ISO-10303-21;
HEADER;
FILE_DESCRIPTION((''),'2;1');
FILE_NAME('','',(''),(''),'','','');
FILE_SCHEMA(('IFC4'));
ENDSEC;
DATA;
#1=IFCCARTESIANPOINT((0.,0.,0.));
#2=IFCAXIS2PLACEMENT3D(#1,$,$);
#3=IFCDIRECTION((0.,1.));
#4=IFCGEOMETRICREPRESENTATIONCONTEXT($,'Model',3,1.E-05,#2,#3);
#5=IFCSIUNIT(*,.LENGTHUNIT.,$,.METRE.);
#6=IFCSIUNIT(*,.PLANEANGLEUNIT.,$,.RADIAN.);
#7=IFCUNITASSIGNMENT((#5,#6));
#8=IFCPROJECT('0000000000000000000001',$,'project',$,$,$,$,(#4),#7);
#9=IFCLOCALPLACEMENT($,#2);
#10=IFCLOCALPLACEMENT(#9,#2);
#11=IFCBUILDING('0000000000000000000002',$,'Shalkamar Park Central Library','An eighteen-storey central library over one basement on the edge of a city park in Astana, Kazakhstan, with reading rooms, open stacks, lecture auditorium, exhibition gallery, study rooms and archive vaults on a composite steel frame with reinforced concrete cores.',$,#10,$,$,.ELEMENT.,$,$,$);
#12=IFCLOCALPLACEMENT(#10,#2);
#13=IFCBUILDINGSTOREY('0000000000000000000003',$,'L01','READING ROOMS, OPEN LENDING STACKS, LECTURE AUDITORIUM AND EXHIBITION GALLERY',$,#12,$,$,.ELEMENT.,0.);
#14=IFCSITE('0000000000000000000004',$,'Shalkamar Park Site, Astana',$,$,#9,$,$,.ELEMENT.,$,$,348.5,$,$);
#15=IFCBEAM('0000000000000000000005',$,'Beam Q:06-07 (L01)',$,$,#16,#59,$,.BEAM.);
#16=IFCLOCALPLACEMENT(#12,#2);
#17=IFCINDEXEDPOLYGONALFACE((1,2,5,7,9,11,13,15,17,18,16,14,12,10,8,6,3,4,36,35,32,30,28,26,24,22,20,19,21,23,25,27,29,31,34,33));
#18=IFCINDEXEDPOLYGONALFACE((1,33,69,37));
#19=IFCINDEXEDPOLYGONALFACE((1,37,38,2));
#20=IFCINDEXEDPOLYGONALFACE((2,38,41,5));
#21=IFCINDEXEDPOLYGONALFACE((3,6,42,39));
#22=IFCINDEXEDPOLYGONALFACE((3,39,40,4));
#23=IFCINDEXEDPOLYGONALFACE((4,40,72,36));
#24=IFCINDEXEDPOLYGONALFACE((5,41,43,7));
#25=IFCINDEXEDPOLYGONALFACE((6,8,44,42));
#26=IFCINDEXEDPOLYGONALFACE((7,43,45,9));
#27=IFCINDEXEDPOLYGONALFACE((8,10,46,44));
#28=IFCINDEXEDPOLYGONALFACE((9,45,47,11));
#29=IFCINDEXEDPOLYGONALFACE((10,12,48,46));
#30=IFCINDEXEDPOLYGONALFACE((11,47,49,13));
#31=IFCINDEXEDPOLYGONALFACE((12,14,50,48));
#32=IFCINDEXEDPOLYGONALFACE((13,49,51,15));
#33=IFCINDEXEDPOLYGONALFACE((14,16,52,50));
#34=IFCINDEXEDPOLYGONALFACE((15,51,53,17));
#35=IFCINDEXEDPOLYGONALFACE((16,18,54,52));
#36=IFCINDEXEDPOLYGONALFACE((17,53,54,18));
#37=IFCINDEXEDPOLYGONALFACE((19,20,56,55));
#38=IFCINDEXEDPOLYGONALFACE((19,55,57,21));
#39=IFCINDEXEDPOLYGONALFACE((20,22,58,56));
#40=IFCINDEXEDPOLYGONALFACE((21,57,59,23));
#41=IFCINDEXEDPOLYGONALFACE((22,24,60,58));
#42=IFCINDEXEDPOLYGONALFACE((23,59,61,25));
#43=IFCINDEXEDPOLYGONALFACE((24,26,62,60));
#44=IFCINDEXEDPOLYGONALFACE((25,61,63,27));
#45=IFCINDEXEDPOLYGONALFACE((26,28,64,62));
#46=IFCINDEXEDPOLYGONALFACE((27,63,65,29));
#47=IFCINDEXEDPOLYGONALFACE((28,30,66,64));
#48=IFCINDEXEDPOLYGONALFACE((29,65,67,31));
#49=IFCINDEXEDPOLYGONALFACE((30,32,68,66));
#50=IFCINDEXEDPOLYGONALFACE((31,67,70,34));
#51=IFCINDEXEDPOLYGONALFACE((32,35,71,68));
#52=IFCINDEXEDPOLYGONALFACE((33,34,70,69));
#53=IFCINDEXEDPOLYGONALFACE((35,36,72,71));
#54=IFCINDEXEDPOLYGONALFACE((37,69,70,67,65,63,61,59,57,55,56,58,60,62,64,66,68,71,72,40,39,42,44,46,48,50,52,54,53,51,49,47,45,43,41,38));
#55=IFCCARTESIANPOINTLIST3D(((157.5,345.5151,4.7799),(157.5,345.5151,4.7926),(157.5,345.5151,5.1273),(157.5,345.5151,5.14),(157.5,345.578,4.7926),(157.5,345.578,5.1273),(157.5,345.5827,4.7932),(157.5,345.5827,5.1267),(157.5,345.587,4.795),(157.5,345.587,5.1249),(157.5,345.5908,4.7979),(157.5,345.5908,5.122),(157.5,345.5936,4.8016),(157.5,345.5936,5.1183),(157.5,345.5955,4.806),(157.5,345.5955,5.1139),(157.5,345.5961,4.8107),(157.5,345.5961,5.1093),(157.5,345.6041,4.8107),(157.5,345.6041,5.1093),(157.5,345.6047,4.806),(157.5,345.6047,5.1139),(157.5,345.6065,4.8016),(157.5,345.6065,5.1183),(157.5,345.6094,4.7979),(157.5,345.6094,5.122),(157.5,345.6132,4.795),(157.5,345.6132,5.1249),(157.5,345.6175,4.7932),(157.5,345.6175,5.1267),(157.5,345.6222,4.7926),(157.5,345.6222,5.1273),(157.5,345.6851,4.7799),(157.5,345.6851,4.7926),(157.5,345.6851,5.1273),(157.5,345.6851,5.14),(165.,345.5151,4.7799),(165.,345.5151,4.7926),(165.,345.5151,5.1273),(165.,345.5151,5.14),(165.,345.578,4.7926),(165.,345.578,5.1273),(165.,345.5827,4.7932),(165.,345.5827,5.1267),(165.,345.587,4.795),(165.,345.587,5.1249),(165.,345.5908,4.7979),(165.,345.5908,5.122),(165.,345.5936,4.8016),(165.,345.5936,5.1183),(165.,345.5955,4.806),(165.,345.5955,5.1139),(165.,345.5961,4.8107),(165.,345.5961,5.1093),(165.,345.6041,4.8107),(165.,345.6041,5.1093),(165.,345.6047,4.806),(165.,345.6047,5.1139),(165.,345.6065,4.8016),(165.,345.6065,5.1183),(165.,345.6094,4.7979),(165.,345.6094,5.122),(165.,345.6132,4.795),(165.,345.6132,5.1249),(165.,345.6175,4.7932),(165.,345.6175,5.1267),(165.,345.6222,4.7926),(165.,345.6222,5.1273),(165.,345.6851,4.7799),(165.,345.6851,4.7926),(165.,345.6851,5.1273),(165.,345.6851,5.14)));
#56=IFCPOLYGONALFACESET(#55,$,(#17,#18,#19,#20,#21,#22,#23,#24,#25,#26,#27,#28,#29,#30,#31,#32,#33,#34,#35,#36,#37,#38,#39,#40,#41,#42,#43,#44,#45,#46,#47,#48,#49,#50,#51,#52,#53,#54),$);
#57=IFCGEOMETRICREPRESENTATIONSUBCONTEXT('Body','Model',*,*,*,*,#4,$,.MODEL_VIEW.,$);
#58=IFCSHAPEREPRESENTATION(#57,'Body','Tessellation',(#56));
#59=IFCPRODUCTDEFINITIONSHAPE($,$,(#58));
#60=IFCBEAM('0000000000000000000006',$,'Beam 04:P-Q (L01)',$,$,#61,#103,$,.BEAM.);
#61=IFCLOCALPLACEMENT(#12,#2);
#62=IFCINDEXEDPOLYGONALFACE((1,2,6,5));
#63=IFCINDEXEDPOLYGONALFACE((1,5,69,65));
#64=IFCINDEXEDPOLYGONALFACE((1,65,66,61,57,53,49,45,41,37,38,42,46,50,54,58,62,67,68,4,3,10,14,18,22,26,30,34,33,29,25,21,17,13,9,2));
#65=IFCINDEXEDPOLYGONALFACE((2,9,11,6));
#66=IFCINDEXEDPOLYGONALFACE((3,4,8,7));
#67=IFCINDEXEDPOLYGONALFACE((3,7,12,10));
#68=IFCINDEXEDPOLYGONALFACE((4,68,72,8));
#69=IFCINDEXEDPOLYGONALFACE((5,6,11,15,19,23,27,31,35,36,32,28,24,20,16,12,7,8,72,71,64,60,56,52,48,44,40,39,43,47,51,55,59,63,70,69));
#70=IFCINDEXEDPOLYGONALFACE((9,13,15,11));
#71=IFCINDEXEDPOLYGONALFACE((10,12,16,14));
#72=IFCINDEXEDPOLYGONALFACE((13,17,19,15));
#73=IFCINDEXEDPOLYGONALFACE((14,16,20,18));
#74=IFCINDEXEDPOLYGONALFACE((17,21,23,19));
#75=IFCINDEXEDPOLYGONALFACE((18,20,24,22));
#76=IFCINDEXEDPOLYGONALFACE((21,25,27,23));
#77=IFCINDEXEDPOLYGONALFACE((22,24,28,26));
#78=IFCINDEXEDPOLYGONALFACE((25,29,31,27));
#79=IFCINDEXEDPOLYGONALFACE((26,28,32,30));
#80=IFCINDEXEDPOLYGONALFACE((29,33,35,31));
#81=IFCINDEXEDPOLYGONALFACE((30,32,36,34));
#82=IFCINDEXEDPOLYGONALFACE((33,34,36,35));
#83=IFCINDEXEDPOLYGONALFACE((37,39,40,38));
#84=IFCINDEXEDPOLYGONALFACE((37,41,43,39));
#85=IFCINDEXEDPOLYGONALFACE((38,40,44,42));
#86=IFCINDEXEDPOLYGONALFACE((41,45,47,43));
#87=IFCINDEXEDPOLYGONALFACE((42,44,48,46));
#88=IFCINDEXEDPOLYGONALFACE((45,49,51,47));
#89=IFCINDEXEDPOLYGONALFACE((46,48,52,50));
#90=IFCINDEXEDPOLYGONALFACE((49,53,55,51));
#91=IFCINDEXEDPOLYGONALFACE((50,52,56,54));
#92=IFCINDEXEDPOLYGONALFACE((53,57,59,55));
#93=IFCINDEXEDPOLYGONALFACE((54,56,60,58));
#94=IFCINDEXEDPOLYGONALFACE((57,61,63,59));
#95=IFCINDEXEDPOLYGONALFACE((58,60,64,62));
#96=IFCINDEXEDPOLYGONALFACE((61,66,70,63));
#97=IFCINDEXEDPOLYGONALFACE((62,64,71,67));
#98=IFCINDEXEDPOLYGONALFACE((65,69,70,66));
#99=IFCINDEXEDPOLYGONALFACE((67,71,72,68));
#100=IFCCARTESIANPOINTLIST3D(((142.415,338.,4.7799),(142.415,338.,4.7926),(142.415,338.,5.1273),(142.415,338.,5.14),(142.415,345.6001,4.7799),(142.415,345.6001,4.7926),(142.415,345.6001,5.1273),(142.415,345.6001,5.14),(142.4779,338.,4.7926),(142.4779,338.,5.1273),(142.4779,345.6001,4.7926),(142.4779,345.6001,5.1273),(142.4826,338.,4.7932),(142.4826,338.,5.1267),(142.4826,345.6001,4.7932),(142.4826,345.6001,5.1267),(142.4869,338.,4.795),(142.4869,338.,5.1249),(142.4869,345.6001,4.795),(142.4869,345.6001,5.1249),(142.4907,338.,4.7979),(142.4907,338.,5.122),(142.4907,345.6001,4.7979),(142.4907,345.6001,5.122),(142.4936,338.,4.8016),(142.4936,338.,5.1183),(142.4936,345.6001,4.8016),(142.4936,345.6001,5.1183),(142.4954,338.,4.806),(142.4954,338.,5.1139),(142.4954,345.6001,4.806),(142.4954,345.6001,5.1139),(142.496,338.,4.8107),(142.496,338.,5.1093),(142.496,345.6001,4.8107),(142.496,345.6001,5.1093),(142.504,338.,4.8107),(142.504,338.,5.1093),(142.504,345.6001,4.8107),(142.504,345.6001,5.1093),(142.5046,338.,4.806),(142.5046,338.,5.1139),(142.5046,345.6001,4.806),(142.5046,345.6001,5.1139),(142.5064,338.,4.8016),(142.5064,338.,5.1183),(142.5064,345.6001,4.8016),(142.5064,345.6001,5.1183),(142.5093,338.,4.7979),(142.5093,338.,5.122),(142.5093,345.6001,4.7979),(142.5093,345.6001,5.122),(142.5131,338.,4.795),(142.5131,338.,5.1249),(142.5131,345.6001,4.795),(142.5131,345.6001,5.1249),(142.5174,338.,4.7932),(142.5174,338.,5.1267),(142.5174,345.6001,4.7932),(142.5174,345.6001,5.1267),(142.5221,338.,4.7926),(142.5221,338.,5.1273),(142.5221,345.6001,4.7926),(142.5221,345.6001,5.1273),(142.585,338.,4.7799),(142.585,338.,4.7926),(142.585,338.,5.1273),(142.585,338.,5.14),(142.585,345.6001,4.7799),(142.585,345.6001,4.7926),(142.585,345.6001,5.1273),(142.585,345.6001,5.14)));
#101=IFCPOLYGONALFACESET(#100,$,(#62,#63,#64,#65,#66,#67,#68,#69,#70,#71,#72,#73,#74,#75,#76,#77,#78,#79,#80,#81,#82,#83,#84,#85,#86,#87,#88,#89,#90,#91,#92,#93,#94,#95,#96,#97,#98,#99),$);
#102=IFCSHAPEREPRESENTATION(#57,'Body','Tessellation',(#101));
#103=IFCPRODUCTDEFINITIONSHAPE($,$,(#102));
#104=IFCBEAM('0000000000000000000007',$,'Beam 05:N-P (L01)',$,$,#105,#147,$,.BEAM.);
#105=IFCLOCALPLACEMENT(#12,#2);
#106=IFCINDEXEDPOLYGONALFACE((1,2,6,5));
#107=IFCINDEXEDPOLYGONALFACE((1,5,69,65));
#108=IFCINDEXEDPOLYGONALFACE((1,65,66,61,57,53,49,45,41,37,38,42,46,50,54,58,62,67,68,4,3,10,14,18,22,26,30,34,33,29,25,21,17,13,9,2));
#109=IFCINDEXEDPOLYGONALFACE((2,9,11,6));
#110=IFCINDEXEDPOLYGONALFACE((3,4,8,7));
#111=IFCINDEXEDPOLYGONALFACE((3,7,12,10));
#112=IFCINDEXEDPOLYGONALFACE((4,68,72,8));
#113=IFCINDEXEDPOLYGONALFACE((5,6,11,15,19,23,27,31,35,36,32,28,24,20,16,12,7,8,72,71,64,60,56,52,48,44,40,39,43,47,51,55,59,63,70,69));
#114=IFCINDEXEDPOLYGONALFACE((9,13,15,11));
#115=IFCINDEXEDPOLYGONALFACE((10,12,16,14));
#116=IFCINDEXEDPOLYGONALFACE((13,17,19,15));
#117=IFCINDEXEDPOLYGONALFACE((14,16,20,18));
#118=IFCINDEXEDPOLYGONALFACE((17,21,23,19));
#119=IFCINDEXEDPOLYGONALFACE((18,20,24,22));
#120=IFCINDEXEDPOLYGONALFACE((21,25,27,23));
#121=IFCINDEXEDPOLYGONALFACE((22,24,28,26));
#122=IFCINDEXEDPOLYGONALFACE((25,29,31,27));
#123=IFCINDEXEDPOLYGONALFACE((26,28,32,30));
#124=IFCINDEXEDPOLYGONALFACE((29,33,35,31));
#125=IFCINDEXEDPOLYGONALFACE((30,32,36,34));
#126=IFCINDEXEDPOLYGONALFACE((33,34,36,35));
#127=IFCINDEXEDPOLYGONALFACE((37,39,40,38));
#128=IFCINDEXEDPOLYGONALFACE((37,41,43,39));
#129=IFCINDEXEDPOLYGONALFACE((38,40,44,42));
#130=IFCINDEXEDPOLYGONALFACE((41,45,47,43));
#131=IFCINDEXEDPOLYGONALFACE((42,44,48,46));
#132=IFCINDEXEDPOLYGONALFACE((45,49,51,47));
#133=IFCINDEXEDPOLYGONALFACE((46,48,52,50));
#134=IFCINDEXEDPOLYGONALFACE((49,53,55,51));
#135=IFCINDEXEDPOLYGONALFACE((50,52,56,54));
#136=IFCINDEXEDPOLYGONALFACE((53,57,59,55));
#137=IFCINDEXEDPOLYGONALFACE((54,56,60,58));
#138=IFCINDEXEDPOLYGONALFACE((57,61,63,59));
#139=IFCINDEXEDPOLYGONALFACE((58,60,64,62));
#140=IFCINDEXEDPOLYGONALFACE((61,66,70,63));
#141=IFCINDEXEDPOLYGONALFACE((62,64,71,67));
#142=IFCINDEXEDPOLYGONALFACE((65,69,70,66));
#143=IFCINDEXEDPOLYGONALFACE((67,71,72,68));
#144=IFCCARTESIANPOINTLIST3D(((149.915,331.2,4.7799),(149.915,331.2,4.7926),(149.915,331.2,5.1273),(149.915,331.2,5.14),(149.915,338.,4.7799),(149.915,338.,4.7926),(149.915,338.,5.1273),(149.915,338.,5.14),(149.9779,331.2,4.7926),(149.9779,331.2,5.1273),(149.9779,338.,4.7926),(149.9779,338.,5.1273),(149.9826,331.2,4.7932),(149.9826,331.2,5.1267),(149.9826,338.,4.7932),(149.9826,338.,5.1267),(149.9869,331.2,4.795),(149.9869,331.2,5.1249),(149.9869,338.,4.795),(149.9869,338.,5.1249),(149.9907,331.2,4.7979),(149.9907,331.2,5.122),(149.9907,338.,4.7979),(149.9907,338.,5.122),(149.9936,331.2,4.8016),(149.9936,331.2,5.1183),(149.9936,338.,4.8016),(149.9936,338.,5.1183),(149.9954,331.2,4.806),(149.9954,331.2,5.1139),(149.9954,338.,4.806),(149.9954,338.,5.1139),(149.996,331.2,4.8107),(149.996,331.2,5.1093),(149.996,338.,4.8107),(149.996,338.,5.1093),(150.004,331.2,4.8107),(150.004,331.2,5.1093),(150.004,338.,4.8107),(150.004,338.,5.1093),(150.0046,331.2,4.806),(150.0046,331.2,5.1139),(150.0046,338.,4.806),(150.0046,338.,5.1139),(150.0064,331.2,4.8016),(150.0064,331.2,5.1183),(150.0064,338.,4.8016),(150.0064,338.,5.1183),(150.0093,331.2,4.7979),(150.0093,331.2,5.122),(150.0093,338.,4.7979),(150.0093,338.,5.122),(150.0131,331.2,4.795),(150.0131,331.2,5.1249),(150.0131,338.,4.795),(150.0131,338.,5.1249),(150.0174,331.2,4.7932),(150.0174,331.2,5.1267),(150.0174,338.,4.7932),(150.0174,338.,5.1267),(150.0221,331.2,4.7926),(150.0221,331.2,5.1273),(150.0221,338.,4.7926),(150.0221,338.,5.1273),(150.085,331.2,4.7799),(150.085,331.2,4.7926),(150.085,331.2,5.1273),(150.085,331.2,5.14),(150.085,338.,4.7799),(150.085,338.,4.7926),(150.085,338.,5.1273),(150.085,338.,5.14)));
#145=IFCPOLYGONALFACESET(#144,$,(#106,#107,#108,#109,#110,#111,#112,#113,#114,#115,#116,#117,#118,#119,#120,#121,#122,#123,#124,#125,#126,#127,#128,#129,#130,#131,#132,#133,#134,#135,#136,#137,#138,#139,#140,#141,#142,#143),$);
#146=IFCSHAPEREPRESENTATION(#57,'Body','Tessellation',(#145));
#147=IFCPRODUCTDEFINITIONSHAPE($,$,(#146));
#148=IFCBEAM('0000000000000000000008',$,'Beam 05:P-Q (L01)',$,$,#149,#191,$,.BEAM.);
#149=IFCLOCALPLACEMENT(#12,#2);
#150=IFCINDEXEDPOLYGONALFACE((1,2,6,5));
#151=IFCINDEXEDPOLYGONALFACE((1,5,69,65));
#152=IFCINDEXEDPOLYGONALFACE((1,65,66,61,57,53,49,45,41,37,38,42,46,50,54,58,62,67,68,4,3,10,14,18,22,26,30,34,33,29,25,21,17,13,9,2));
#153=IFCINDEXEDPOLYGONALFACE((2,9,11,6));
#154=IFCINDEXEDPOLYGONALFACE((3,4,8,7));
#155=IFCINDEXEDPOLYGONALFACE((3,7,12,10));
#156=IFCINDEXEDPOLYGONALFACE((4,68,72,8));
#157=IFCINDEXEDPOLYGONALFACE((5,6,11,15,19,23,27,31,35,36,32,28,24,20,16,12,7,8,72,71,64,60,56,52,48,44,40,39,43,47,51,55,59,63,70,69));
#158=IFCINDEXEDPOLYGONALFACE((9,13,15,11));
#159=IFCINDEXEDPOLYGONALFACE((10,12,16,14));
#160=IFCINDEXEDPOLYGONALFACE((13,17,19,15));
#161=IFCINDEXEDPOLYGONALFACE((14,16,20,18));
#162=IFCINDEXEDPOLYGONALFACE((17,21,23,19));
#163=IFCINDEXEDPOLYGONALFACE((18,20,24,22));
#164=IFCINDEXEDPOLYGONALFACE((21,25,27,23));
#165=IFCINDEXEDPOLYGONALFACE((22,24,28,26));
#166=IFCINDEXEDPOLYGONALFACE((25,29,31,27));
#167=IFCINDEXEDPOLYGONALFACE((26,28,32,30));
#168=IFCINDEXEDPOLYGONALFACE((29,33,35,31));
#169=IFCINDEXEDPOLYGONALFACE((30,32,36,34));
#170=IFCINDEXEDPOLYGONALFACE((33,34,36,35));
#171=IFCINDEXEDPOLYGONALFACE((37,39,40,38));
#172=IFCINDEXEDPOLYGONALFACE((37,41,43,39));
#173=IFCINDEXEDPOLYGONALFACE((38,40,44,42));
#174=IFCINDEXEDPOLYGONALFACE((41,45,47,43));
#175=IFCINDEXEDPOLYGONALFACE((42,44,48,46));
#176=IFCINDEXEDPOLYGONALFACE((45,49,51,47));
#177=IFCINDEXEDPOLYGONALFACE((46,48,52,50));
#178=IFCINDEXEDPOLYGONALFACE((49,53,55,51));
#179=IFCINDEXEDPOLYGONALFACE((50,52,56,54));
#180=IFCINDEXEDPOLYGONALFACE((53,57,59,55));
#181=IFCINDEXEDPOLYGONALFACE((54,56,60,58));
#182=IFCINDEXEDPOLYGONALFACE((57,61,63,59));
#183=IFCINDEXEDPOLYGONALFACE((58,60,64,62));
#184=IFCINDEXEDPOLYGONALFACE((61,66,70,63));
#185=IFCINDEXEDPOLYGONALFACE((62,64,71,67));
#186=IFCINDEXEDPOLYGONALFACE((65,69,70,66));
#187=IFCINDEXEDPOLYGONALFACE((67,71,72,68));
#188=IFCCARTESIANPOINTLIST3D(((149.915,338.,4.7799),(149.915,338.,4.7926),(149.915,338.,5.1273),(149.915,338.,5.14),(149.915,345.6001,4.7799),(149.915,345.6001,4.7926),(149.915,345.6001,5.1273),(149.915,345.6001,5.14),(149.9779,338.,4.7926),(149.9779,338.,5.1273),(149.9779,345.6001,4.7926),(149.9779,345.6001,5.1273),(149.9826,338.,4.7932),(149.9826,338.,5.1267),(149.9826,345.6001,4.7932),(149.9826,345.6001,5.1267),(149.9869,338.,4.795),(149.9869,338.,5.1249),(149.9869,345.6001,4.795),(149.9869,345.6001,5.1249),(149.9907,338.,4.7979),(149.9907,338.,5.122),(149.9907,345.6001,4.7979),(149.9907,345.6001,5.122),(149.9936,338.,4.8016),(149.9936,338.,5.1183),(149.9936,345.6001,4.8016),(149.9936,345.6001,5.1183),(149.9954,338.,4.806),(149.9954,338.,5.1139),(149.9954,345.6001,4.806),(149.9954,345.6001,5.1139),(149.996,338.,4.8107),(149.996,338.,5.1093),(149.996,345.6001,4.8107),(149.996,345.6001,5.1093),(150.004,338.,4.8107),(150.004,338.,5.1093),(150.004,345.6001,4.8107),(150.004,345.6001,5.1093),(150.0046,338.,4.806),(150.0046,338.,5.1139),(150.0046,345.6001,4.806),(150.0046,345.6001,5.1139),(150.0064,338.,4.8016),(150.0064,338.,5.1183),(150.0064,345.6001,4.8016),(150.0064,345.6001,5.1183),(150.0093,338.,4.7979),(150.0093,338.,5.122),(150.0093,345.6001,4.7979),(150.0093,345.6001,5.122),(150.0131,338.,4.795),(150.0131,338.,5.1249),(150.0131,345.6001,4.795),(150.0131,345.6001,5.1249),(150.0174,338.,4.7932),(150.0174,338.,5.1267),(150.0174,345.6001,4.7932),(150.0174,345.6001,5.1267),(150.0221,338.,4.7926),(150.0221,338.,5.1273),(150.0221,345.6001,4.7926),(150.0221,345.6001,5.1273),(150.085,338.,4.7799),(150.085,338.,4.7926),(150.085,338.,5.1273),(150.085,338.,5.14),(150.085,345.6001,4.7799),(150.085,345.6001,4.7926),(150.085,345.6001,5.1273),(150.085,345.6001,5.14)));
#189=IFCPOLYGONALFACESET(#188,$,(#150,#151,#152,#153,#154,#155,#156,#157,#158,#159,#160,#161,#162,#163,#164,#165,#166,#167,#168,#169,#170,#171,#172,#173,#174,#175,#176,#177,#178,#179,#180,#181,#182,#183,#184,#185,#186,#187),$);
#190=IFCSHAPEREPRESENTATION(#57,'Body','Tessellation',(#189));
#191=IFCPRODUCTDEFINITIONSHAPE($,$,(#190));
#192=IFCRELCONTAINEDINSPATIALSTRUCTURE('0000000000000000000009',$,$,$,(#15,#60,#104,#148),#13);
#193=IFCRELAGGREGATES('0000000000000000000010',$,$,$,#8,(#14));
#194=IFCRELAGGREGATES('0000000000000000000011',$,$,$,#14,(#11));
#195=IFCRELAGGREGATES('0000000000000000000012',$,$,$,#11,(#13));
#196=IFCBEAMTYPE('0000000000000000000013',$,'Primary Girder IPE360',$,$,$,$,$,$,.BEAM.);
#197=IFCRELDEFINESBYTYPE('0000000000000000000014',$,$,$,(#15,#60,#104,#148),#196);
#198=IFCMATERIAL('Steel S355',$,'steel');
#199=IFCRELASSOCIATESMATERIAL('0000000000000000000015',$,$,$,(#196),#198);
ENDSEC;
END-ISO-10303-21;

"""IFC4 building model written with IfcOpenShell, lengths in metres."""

from ifc_helpers import new_model, si_unit, direction, frame, origin, origin_2d, place, context, subcontext, project, spatial, i_section, extrude, material, material_profile, profile_set, type_object, element, save


model = new_model("IFC4")

# Units and contexts
model_context = context("Model", 3, precision=1e-05, world=origin(), true_north=direction((0.0, 1.0)))
body_context = subcontext(model_context, "Body", "Model", "MODEL_VIEW")
ifc_project = project(units=[si_unit("LENGTHUNIT", "METRE"), si_unit("PLANEANGLEUNIT", "RADIAN")], contexts=[model_context])

# Site, building, storey
site_placement = place(None, origin())
site = spatial("IfcSite", under=ifc_project, at=site_placement, Name="Shalkamar Park Site, Astana", CompositionType="ELEMENT", RefElevation=348.5)
building_placement = place(site_placement, origin())
building = spatial("IfcBuilding", under=site, at=building_placement, Name="Shalkamar Park Central Library", Description="An eighteen-storey central library over one basement on the edge of a city park in Astana, Kazakhstan, with reading rooms, open stacks, lecture auditorium, exhibition gallery, study rooms and archive vaults on a composite steel frame with reinforced concrete cores.", CompositionType="ELEMENT")
storey_placement = place(building_placement, origin())
storey = spatial("IfcBuildingStorey", under=building, at=storey_placement, Name="L01", Description="READING ROOMS, OPEN LENDING STACKS, LECTURE AUDITORIUM AND EXHIBITION GALLERY", CompositionType="ELEMENT", Elevation=0.0)

# Shared definitions
ifc_material_1 = material(Name="Steel S355", Category="steel")

# Beams
ifc_material_profile_1 = material_profile(ifc_material_1, i_section(OverallWidth=0.1699, OverallDepth=0.3601, WebThickness=0.0081, FlangeThickness=0.0127, FilletRadius=0.0181, at=origin_2d()), Name="IPE 360")
ifc_profile_set_1 = profile_set([ifc_material_profile_1], Name="Steel S355")
beam_type_1 = type_object("IfcBeamType", Name="Primary Girder IPE360", PredefinedType="BEAM", material=ifc_profile_set_1)
for number, where, z_axis, x_axis, name in (
    (1, (157.5, 345.6001, 4.96), (1.0, 0.0, 0.0), (0.0, 1.0, 0.0), "Beam Q:06-07 (L01)"),
):
    element("IfcBeam", number, at=place(storey_placement, frame(where, z_axis=z_axis, x_axis=x_axis)), inside=storey, type_object=beam_type_1, Name=name, PredefinedType="BEAM", context=body_context, shape_type="SweptSolid", body=[
        extrude(i_section(OverallWidth=0.1699, OverallDepth=0.3601, WebThickness=0.0081, FlangeThickness=0.0127, FilletRadius=0.0181, at=origin_2d()), origin(), (0.0, 0.0, 1.0), 7.5),
    ])
beam_1_placement = place(storey_placement, frame((142.5, 338.0, 4.96), z_axis=(0.0, 1.0, 0.0), x_axis=(-1.0, 0.0, 0.0)))
element("IfcBeam", 2, at=beam_1_placement, inside=storey, type_object=beam_type_1, Name="Beam 04:P-Q (L01)", PredefinedType="BEAM", context=body_context, shape_type="SweptSolid", body=[
    extrude(i_section(OverallWidth=0.1699, OverallDepth=0.3601, WebThickness=0.0081, FlangeThickness=0.0127, FilletRadius=0.0181, at=origin_2d()), origin(), (0.0, 0.0, 1.0), 7.6001),
])
beam_2_placement = place(storey_placement, frame((150.0, 331.2, 4.96), z_axis=(0.0, 1.0, 0.0), x_axis=(-1.0, 0.0, 0.0)))
element("IfcBeam", 3, at=beam_2_placement, inside=storey, type_object=beam_type_1, Name="Beam 05:N-P (L01)", PredefinedType="BEAM", context=body_context, shape_type="SweptSolid", body=[
    extrude(i_section(OverallWidth=0.1699, OverallDepth=0.3601, WebThickness=0.0081, FlangeThickness=0.0127, FilletRadius=0.0181, at=origin_2d()), origin(), (0.0, 0.0, 1.0), 6.8),
])
beam_3_placement = place(storey_placement, frame((150.0, 338.0, 4.96), z_axis=(0.0, 1.0, 0.0), x_axis=(-1.0, 0.0, 0.0)))
element("IfcBeam", 4, at=beam_3_placement, inside=storey, type_object=beam_type_1, Name="Beam 05:P-Q (L01)", PredefinedType="BEAM", context=body_context, shape_type="SweptSolid", body=[
    extrude(i_section(OverallWidth=0.1699, OverallDepth=0.3601, WebThickness=0.0081, FlangeThickness=0.0127, FilletRadius=0.0181, at=origin_2d()), origin(), (0.0, 0.0, 1.0), 7.6001),
])

save(model, "model.ifc")
